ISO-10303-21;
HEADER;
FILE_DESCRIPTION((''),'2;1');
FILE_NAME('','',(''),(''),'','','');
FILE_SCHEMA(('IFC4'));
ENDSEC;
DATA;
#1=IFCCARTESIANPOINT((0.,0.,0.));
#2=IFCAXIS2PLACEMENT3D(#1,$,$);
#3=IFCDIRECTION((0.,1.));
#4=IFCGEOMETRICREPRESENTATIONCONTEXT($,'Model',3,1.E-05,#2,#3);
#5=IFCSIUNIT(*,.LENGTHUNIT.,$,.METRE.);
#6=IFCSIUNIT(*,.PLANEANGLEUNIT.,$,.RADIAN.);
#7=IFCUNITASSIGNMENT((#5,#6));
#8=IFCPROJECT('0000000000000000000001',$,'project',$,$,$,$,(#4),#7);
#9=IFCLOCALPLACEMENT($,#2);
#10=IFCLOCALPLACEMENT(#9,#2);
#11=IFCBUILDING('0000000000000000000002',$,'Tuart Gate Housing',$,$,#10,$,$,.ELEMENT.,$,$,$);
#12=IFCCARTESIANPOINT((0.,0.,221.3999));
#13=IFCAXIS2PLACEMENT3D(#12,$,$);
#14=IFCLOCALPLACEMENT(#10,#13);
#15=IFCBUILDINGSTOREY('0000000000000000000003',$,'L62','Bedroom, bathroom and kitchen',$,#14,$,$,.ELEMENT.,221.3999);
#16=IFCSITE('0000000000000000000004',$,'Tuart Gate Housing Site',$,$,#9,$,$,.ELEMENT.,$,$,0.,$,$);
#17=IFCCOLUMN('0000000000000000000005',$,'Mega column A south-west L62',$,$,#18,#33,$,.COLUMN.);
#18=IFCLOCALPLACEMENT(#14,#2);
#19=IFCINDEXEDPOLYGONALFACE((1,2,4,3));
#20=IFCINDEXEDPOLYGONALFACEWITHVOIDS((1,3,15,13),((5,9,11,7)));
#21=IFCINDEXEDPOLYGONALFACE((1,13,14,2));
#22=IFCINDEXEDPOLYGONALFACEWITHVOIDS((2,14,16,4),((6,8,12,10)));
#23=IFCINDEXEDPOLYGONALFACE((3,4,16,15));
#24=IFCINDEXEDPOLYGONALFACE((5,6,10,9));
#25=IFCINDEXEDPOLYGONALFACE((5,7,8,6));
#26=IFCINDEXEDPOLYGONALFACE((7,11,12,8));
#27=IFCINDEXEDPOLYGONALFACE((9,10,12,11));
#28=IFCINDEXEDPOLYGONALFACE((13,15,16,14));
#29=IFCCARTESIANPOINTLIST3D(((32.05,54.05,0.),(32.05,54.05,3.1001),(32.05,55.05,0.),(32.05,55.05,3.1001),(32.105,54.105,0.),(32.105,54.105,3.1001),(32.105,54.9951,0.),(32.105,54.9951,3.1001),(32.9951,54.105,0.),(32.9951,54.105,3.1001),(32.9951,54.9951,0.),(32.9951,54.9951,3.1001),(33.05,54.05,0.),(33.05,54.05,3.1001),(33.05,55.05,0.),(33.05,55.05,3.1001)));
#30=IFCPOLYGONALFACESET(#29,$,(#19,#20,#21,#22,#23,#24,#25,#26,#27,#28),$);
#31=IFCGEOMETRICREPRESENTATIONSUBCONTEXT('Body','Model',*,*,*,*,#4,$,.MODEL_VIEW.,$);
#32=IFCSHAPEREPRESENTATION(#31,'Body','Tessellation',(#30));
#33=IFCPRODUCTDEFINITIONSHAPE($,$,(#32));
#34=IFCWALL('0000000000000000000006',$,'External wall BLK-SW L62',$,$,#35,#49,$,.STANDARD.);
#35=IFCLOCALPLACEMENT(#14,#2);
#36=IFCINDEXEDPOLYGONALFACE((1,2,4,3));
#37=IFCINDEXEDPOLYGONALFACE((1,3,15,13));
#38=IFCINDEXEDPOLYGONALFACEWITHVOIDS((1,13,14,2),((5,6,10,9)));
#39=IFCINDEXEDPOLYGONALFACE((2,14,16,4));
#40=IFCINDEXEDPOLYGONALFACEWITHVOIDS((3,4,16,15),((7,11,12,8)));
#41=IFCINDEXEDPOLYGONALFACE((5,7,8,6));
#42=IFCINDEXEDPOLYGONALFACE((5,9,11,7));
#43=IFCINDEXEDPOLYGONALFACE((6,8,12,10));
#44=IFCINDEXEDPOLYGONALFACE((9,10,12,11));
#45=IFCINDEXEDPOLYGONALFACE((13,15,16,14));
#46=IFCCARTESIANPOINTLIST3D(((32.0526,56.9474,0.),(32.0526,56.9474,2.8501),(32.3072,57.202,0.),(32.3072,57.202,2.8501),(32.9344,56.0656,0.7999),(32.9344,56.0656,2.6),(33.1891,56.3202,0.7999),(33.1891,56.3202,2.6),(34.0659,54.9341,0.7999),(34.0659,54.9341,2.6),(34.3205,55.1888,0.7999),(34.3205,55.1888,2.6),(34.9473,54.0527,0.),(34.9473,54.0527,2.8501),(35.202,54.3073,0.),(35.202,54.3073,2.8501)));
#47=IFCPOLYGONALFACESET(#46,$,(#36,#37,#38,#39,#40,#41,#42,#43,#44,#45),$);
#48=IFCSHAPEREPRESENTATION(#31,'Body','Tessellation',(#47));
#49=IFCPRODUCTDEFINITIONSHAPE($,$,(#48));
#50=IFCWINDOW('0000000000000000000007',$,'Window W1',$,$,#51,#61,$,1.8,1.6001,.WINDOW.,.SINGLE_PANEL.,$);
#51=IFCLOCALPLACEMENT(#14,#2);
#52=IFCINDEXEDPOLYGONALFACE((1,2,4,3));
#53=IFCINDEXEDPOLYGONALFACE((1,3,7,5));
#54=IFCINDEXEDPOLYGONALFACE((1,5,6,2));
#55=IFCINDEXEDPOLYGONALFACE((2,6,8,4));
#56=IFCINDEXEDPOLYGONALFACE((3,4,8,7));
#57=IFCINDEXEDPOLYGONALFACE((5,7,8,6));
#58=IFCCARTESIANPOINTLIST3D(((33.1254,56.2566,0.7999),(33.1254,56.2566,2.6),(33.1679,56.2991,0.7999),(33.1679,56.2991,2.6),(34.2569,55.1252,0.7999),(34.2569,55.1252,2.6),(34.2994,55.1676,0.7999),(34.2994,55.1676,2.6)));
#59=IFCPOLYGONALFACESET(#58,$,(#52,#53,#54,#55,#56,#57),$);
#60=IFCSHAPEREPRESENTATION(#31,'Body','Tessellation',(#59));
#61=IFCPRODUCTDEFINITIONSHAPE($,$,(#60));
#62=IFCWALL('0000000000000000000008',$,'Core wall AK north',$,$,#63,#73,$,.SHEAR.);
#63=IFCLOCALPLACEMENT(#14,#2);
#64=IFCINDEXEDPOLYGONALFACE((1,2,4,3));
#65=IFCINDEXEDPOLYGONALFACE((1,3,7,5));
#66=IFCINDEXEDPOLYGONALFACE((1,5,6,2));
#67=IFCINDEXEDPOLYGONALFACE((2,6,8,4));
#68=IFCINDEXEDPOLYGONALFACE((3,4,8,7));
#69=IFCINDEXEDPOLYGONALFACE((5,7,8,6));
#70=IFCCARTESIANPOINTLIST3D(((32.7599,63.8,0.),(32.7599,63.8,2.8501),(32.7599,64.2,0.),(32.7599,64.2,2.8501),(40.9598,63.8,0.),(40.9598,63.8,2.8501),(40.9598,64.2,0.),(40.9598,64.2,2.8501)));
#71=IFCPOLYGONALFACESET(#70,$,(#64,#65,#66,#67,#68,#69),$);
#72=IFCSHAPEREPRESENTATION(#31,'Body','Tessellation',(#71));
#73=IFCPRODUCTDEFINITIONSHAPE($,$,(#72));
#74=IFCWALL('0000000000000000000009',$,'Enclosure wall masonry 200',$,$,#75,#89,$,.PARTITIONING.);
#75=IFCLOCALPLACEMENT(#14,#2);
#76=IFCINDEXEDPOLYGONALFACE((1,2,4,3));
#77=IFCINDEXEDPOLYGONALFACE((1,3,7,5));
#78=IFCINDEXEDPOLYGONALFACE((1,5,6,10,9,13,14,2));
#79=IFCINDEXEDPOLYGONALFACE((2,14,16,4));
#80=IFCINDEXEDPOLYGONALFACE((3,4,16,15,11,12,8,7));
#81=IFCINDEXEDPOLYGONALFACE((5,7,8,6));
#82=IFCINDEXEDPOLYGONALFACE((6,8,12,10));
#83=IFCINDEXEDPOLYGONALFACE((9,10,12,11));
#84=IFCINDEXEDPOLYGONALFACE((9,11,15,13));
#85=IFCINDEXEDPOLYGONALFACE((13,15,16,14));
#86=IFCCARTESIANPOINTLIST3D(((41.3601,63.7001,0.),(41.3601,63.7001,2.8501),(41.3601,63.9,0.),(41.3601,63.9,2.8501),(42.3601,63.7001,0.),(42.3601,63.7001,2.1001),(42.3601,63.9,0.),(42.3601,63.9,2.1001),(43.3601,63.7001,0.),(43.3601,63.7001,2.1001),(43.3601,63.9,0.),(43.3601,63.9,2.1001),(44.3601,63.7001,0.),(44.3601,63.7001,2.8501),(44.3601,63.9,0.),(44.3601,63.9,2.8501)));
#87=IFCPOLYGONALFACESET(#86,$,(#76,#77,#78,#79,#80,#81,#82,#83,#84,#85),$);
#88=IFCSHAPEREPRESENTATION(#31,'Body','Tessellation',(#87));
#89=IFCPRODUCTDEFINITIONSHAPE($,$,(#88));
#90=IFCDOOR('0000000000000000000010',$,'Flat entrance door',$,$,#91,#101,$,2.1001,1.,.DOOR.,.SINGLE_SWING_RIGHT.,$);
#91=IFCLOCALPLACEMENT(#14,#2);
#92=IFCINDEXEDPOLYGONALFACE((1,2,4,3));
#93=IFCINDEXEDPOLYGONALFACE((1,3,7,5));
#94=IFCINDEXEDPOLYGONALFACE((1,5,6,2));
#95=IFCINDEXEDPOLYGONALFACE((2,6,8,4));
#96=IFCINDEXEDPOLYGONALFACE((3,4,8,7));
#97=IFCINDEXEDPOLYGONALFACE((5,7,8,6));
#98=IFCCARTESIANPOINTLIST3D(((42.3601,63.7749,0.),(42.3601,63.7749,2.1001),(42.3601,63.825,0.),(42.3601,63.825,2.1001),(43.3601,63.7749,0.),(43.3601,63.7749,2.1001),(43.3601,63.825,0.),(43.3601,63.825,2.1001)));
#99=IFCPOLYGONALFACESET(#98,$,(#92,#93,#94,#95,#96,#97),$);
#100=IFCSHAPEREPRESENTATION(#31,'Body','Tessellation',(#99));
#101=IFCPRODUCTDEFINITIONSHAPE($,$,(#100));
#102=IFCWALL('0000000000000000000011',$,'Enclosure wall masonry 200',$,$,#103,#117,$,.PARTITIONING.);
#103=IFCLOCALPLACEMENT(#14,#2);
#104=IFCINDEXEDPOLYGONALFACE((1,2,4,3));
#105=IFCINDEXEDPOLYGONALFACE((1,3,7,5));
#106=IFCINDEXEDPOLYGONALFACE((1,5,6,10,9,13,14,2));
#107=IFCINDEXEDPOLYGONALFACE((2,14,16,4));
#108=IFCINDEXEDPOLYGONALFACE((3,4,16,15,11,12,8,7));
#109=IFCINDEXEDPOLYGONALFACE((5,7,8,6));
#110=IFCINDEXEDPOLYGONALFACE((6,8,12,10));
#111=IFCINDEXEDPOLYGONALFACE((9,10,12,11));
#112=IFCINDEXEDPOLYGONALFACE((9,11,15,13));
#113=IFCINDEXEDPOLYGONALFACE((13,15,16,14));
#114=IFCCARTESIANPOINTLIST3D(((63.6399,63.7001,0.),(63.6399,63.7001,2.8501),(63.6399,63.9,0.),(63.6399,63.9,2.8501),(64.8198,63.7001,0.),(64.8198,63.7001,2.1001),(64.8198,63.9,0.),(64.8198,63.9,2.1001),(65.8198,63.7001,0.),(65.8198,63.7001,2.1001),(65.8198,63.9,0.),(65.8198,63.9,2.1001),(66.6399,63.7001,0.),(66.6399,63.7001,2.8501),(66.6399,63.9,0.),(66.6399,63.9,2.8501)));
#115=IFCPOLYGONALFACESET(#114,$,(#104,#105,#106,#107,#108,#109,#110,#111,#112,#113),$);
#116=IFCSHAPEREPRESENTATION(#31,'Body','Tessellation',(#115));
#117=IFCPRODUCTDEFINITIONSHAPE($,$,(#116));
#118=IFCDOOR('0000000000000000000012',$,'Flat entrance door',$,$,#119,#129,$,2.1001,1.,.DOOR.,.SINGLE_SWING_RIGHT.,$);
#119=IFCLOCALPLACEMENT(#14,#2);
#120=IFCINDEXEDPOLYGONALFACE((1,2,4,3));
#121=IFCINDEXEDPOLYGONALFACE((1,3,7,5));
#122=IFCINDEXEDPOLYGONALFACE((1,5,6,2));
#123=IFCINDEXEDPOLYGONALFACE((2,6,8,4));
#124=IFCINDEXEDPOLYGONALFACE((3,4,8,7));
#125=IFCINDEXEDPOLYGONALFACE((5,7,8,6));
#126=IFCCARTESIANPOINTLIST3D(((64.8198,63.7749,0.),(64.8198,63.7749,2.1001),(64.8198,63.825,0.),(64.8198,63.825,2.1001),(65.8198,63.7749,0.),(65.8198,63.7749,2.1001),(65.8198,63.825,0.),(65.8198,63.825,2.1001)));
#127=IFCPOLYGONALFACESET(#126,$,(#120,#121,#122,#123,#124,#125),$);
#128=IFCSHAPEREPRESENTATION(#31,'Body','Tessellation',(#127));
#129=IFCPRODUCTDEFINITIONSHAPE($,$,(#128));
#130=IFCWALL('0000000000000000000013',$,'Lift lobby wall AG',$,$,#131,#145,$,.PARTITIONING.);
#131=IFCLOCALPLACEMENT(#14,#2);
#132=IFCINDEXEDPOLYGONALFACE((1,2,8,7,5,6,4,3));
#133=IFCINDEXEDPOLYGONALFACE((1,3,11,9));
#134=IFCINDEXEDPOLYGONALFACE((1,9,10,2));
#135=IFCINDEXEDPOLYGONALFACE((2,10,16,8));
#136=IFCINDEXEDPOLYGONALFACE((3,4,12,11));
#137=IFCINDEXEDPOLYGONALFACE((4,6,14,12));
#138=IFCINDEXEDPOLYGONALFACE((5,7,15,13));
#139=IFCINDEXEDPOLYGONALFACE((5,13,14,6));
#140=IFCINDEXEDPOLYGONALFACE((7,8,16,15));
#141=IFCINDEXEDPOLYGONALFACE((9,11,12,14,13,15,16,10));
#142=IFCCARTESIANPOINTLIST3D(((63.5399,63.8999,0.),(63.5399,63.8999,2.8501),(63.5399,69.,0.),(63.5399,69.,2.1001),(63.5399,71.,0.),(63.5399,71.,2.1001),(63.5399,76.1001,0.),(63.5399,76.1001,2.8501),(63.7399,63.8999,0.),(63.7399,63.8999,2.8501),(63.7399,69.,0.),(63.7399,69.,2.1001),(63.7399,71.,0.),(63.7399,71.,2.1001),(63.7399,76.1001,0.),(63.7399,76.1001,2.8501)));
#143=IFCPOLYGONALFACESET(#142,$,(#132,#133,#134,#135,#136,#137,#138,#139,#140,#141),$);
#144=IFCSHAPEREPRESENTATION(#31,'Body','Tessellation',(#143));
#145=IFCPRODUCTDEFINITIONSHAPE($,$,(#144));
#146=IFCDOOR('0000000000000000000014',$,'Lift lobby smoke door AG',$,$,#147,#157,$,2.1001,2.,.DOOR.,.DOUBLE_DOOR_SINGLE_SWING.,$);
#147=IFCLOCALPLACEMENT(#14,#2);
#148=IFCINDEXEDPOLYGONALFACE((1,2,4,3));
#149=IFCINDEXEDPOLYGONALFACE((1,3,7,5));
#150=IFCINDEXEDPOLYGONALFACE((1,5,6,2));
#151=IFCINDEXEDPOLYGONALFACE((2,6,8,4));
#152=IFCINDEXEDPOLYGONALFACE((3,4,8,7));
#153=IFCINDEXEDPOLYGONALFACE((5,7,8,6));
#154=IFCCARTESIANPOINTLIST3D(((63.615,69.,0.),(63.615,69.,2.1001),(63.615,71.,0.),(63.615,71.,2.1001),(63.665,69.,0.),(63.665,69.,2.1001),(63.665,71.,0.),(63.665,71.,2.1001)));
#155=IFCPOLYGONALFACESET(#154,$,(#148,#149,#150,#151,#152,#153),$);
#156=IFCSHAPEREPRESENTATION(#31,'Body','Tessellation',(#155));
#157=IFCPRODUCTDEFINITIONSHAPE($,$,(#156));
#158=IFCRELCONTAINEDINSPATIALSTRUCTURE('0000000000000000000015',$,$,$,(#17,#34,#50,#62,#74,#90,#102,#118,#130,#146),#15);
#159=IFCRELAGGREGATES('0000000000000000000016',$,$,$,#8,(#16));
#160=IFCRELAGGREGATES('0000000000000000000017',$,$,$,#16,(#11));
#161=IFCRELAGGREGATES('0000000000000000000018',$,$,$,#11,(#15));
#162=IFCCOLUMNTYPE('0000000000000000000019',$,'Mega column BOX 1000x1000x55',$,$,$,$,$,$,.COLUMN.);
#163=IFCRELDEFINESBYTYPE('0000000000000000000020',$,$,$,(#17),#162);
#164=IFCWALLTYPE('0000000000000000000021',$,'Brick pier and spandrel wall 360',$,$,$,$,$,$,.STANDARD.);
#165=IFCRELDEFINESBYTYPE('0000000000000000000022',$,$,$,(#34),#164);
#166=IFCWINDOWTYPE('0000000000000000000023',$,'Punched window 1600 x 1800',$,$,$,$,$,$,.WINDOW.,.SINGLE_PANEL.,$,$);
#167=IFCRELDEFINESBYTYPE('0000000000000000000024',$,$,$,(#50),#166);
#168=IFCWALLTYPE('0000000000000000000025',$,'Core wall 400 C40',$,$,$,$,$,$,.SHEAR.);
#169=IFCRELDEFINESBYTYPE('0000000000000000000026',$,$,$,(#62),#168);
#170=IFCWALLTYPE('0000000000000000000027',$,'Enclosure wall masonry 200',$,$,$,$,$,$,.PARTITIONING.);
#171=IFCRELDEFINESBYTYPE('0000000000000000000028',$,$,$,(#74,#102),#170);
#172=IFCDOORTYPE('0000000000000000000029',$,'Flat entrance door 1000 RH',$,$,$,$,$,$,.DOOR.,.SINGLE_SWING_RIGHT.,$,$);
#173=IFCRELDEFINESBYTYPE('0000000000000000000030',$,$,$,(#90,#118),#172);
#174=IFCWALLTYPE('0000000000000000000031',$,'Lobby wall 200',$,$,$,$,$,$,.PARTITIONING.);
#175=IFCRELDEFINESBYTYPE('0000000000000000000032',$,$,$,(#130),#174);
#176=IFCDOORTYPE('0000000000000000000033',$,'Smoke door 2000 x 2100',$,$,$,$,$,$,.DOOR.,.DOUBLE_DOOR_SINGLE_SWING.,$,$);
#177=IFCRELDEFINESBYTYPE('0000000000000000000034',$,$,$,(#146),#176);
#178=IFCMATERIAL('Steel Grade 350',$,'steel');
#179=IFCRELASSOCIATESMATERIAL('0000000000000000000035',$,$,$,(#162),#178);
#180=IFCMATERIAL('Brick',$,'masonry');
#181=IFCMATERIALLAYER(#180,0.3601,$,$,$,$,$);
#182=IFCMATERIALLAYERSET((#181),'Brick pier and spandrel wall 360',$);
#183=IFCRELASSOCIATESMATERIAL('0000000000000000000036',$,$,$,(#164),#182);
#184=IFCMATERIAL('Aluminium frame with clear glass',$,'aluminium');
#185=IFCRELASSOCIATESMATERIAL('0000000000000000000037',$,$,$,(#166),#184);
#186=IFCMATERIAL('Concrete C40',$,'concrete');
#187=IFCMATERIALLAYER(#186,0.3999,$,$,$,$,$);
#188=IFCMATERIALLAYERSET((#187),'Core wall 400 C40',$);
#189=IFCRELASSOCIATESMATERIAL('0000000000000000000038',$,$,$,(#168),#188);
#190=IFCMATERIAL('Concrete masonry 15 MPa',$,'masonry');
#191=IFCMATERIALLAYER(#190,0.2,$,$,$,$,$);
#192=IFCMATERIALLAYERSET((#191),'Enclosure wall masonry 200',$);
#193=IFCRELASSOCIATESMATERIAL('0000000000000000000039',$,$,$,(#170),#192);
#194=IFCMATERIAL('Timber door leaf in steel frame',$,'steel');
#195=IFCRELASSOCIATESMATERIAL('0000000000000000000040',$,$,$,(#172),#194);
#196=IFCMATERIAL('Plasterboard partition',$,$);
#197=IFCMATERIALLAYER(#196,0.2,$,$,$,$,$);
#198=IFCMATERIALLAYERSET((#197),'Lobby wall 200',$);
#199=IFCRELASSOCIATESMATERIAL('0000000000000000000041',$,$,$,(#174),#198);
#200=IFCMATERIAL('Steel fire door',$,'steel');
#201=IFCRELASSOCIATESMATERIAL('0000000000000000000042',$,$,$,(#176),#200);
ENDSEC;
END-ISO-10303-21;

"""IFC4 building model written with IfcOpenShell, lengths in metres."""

from ifc_helpers import new_model, si_unit, direction, frame, frame_2d, origin, origin_2d, place, context, subcontext, project, spatial, rectangle, hollow_rectangle, extrude, material, layer, layer_set, material_profile, profile_set, type_object, element, fill, save


model = new_model("IFC4")

# Units and contexts
model_context = context("Model", 3, precision=1e-05, world=origin(), true_north=direction((0.0, 1.0)))
body_context = subcontext(model_context, "Body", "Model", "MODEL_VIEW")
ifc_project = project(units=[si_unit("LENGTHUNIT", "METRE"), si_unit("PLANEANGLEUNIT", "RADIAN")], contexts=[model_context])

# Site, building, storey
site_placement = place(None, origin())
site = spatial("IfcSite", under=ifc_project, at=site_placement, Name="Tuart Gate Housing Site", CompositionType="ELEMENT", RefElevation=0.0)
building_placement = place(site_placement, origin())
building = spatial("IfcBuilding", under=site, at=building_placement, Name="Tuart Gate Housing", CompositionType="ELEMENT")
storey_placement = place(building_placement, frame((0.0, 0.0, 221.3999)))
storey = spatial("IfcBuildingStorey", under=building, at=storey_placement, Name="L62", Description="Bedroom, bathroom and kitchen", CompositionType="ELEMENT", Elevation=221.3999)

# Column
ifc_material_1 = material(Name="Steel Grade 350", Category="steel")
ifc_material_profile = material_profile(ifc_material_1, hollow_rectangle(XDim=1.0, YDim=1.0, WallThickness=0.0549, at=origin_2d()), Name="BOX 1000x1000x55")
ifc_profile_set = profile_set([ifc_material_profile], Name="Steel Grade 350")
column_type = type_object("IfcColumnType", Name="Mega column BOX 1000x1000x55", PredefinedType="COLUMN", material=ifc_profile_set)
column_placement = place(storey_placement, frame((32.55, 54.55, 0.0), z_axis=(0.0, 0.0, 1.0), x_axis=(1.0, 0.0, 0.0)))
element("IfcColumn", 1, at=column_placement, inside=storey, type_object=column_type, Name="Mega column A south-west L62", PredefinedType="COLUMN", context=body_context, shape_type="SweptSolid", body=[
    extrude(hollow_rectangle(XDim=1.0, YDim=1.0, WallThickness=0.0549, at=origin_2d()), origin(), (0.0, 0.0, 1.0), 3.1001),
])

# Wall, opening, window
ifc_material_2 = material(Name="Brick", Category="masonry")
ifc_layer_1 = layer(ifc_material_2, 0.3601)
ifc_layer_set_1 = layer_set([ifc_layer_1], Name="Brick pier and spandrel wall 360")
wall_type_1 = type_object("IfcWallType", Name="Brick pier and spandrel wall 360", PredefinedType="STANDARD", material=ifc_layer_set_1)
wall_1_placement = place(storey_placement, frame((32.1799, 57.0747, 0.0), z_axis=(0.0, 0.0, 1.0), x_axis=(0.707107, -0.707107, 0.0)))
wall_1 = element("IfcWall", 2, at=wall_1_placement, inside=storey, type_object=wall_type_1, Name="External wall BLK-SW L62", PredefinedType="STANDARD", context=body_context, shape_type="SweptSolid", body=[
    extrude(rectangle(XDim=4.0938, YDim=0.3601, at=frame_2d((2.0469, 0.0))), origin(), (0.0, 0.0, 1.0), 2.8501),
])
opening_1_placement = place(wall_1_placement, frame((1.2471, 0.0, 0.8)))
opening_1 = element("IfcOpeningElement", 3, at=opening_1_placement, cuts=wall_1, PredefinedType="OPENING", context=body_context, shape_type="SweptSolid", body=[
    extrude(rectangle(XDim=1.6001, YDim=1.8, at=frame_2d((0.8, 0.8999))), frame((0.0, 0.1899, 0.0), z_axis=(0.0, -1.0, 0.0), x_axis=(1.0, 0.0, 0.0)), (0.0, 0.0, 1.0), 0.3801),
])
ifc_material_3 = material(Name="Aluminium frame with clear glass", Category="aluminium")
window_type = type_object("IfcWindowType", Name="Punched window 1600 x 1800", PartitioningType="SINGLE_PANEL", PredefinedType="WINDOW", material=ifc_material_3)
window_placement = place(opening_1_placement, origin())
window = element("IfcWindow", 4, at=window_placement, inside=storey, type_object=window_type, Name="Window W1", OverallHeight=1.8, OverallWidth=1.6001, PartitioningType="SINGLE_PANEL", PredefinedType="WINDOW", context=body_context, shape_type="SweptSolid", body=[
    extrude(rectangle(XDim=1.6001, YDim=1.8, at=frame_2d((0.8, 0.8999))), frame((0.0, 0.1501, 0.0), z_axis=(0.0, -1.0, 0.0), x_axis=(1.0, 0.0, 0.0)), (0.0, 0.0, 1.0), 0.0601),
])
fill(opening_1, window)

# Wall
ifc_material_4 = material(Name="Concrete C40", Category="concrete")
ifc_layer_2 = layer(ifc_material_4, 0.3999)
ifc_layer_set_2 = layer_set([ifc_layer_2], Name="Core wall 400 C40")
wall_type_2 = type_object("IfcWallType", Name="Core wall 400 C40", PredefinedType="SHEAR", material=ifc_layer_set_2)
wall_2_placement = place(storey_placement, frame((40.96, 64.0, 0.0), z_axis=(0.0, 0.0, 1.0), x_axis=(-1.0, 0.0, 0.0)))
element("IfcWall", 5, at=wall_2_placement, inside=storey, type_object=wall_type_2, Name="Core wall AK north", PredefinedType="SHEAR", context=body_context, shape_type="SweptSolid", body=[
    extrude(rectangle(XDim=8.2, YDim=0.3999, at=frame_2d((4.1001, 0.0))), origin(), (0.0, 0.0, 1.0), 2.8501),
])

# Walls, openings, doors
ifc_material_5 = material(Name="Concrete masonry 15 MPa", Category="masonry")
ifc_layer_3 = layer(ifc_material_5, 0.2)
ifc_layer_set_3 = layer_set([ifc_layer_3], Name="Enclosure wall masonry 200")
wall_type_3 = type_object("IfcWallType", Name="Enclosure wall masonry 200", PredefinedType="PARTITIONING", material=ifc_layer_set_3)
wall_3_placement = place(storey_placement, frame((41.3601, 63.8, 0.0), z_axis=(0.0, 0.0, 1.0), x_axis=(1.0, 0.0, 0.0)))
wall_3 = element("IfcWall", 6, at=wall_3_placement, inside=storey, type_object=wall_type_3, Name="Enclosure wall masonry 200", PredefinedType="PARTITIONING", context=body_context, shape_type="SweptSolid", body=[
    extrude(rectangle(XDim=3.0, YDim=0.2, at=frame_2d((1.5, 0.0))), origin(), (0.0, 0.0, 1.0), 2.8501),
])
opening_2_placement = place(wall_3_placement, frame((1.0, 0.0, 0.0)))
opening_2 = element("IfcOpeningElement", 7, at=opening_2_placement, cuts=wall_3, PredefinedType="OPENING", context=body_context, shape_type="SweptSolid", body=[
    extrude(rectangle(XDim=1.0, YDim=2.1001, at=frame_2d((0.5, 1.05))), frame((0.0, 0.1099, 0.0), z_axis=(0.0, -1.0, 0.0), x_axis=(1.0, 0.0, 0.0)), (0.0, 0.0, 1.0), 0.22),
])
ifc_material_6 = material(Name="Timber door leaf in steel frame", Category="steel")
door_type_1 = type_object("IfcDoorType", Name="Flat entrance door 1000 RH", OperationType="SINGLE_SWING_RIGHT", PredefinedType="DOOR", material=ifc_material_6)
door_1_placement = place(opening_2_placement, frame((1.0, 0.0, 0.0), z_axis=(0.0, 0.0, 1.0), x_axis=(-1.0, 0.0, 0.0)))
door_1 = element("IfcDoor", 8, at=door_1_placement, inside=storey, type_object=door_type_1, Name="Flat entrance door", OperationType="SINGLE_SWING_RIGHT", OverallHeight=2.1001, OverallWidth=1.0, PredefinedType="DOOR", context=body_context, shape_type="SweptSolid", body=[
    extrude(rectangle(XDim=1.0, YDim=2.1001, at=frame_2d((0.5, 1.05))), frame((0.0, 0.0251, 0.0), z_axis=(0.0, -1.0, 0.0), x_axis=(1.0, 0.0, 0.0)), (0.0, 0.0, 1.0), 0.05),
])
fill(opening_2, door_1)
wall_4_placement = place(storey_placement, frame((63.6399, 63.8, 0.0), z_axis=(0.0, 0.0, 1.0), x_axis=(1.0, 0.0, 0.0)))
wall_4 = element("IfcWall", 9, at=wall_4_placement, inside=storey, type_object=wall_type_3, Name="Enclosure wall masonry 200", PredefinedType="PARTITIONING", context=body_context, shape_type="SweptSolid", body=[
    extrude(rectangle(XDim=3.0, YDim=0.2, at=frame_2d((1.5, 0.0))), origin(), (0.0, 0.0, 1.0), 2.8501),
])
opening_3_placement = place(wall_4_placement, frame((1.1799, 0.0, 0.0)))
opening_3 = element("IfcOpeningElement", 10, at=opening_3_placement, cuts=wall_4, PredefinedType="OPENING", context=body_context, shape_type="SweptSolid", body=[
    extrude(rectangle(XDim=1.0, YDim=2.1001, at=frame_2d((0.5, 1.05))), frame((0.0, 0.1099, 0.0), z_axis=(0.0, -1.0, 0.0), x_axis=(1.0, 0.0, 0.0)), (0.0, 0.0, 1.0), 0.22),
])
door_2_placement = place(opening_3_placement, frame((1.0, 0.0, 0.0), z_axis=(0.0, 0.0, 1.0), x_axis=(-1.0, 0.0, 0.0)))
door_2 = element("IfcDoor", 11, at=door_2_placement, inside=storey, type_object=door_type_1, Name="Flat entrance door", OperationType="SINGLE_SWING_RIGHT", OverallHeight=2.1001, OverallWidth=1.0, PredefinedType="DOOR", context=body_context, shape_type="SweptSolid", body=[
    extrude(rectangle(XDim=1.0, YDim=2.1001, at=frame_2d((0.5, 1.05))), frame((0.0, 0.0251, 0.0), z_axis=(0.0, -1.0, 0.0), x_axis=(1.0, 0.0, 0.0)), (0.0, 0.0, 1.0), 0.05),
])
fill(opening_3, door_2)
ifc_material_7 = material(Name="Plasterboard partition")
ifc_layer_4 = layer(ifc_material_7, 0.2)
ifc_layer_set_4 = layer_set([ifc_layer_4], Name="Lobby wall 200")
wall_type_4 = type_object("IfcWallType", Name="Lobby wall 200", PredefinedType="PARTITIONING", material=ifc_layer_set_4)
wall_5_placement = place(storey_placement, frame((63.6399, 63.8999, 0.0), z_axis=(0.0, 0.0, 1.0), x_axis=(0.0, 1.0, 0.0)))
wall_5 = element("IfcWall", 12, at=wall_5_placement, inside=storey, type_object=wall_type_4, Name="Lift lobby wall AG", PredefinedType="PARTITIONING", context=body_context, shape_type="SweptSolid", body=[
    extrude(rectangle(XDim=12.2002, YDim=0.2, at=frame_2d((6.1001, 0.0))), origin(), (0.0, 0.0, 1.0), 2.8501),
])
opening_4_placement = place(wall_5_placement, frame((5.1001, 0.0, 0.0)))
opening_4 = element("IfcOpeningElement", 13, at=opening_4_placement, cuts=wall_5, PredefinedType="OPENING", context=body_context, shape_type="SweptSolid", body=[
    extrude(rectangle(XDim=2.0, YDim=2.1001, at=frame_2d((1.0, 1.05))), frame((0.0, 0.1099, 0.0), z_axis=(0.0, -1.0, 0.0), x_axis=(1.0, 0.0, 0.0)), (0.0, 0.0, 1.0), 0.22),
])
ifc_material_8 = material(Name="Steel fire door", Category="steel")
door_type_2 = type_object("IfcDoorType", Name="Smoke door 2000 x 2100", OperationType="DOUBLE_DOOR_SINGLE_SWING", PredefinedType="DOOR", material=ifc_material_8)
door_3_placement = place(opening_4_placement, frame((2.0, 0.0, 0.0), z_axis=(0.0, 0.0, 1.0), x_axis=(-1.0, 0.0, 0.0)))
door_3 = element("IfcDoor", 14, at=door_3_placement, inside=storey, type_object=door_type_2, Name="Lift lobby smoke door AG", OperationType="DOUBLE_DOOR_SINGLE_SWING", OverallHeight=2.1001, OverallWidth=2.0, PredefinedType="DOOR", context=body_context, shape_type="SweptSolid", body=[
    extrude(rectangle(XDim=2.0, YDim=2.1001, at=frame_2d((1.0, 1.05))), frame((0.0, 0.0251, 0.0), z_axis=(0.0, -1.0, 0.0), x_axis=(1.0, 0.0, 0.0)), (0.0, 0.0, 1.0), 0.05),
])
fill(opening_4, door_3)

save(model, "model.ifc")
